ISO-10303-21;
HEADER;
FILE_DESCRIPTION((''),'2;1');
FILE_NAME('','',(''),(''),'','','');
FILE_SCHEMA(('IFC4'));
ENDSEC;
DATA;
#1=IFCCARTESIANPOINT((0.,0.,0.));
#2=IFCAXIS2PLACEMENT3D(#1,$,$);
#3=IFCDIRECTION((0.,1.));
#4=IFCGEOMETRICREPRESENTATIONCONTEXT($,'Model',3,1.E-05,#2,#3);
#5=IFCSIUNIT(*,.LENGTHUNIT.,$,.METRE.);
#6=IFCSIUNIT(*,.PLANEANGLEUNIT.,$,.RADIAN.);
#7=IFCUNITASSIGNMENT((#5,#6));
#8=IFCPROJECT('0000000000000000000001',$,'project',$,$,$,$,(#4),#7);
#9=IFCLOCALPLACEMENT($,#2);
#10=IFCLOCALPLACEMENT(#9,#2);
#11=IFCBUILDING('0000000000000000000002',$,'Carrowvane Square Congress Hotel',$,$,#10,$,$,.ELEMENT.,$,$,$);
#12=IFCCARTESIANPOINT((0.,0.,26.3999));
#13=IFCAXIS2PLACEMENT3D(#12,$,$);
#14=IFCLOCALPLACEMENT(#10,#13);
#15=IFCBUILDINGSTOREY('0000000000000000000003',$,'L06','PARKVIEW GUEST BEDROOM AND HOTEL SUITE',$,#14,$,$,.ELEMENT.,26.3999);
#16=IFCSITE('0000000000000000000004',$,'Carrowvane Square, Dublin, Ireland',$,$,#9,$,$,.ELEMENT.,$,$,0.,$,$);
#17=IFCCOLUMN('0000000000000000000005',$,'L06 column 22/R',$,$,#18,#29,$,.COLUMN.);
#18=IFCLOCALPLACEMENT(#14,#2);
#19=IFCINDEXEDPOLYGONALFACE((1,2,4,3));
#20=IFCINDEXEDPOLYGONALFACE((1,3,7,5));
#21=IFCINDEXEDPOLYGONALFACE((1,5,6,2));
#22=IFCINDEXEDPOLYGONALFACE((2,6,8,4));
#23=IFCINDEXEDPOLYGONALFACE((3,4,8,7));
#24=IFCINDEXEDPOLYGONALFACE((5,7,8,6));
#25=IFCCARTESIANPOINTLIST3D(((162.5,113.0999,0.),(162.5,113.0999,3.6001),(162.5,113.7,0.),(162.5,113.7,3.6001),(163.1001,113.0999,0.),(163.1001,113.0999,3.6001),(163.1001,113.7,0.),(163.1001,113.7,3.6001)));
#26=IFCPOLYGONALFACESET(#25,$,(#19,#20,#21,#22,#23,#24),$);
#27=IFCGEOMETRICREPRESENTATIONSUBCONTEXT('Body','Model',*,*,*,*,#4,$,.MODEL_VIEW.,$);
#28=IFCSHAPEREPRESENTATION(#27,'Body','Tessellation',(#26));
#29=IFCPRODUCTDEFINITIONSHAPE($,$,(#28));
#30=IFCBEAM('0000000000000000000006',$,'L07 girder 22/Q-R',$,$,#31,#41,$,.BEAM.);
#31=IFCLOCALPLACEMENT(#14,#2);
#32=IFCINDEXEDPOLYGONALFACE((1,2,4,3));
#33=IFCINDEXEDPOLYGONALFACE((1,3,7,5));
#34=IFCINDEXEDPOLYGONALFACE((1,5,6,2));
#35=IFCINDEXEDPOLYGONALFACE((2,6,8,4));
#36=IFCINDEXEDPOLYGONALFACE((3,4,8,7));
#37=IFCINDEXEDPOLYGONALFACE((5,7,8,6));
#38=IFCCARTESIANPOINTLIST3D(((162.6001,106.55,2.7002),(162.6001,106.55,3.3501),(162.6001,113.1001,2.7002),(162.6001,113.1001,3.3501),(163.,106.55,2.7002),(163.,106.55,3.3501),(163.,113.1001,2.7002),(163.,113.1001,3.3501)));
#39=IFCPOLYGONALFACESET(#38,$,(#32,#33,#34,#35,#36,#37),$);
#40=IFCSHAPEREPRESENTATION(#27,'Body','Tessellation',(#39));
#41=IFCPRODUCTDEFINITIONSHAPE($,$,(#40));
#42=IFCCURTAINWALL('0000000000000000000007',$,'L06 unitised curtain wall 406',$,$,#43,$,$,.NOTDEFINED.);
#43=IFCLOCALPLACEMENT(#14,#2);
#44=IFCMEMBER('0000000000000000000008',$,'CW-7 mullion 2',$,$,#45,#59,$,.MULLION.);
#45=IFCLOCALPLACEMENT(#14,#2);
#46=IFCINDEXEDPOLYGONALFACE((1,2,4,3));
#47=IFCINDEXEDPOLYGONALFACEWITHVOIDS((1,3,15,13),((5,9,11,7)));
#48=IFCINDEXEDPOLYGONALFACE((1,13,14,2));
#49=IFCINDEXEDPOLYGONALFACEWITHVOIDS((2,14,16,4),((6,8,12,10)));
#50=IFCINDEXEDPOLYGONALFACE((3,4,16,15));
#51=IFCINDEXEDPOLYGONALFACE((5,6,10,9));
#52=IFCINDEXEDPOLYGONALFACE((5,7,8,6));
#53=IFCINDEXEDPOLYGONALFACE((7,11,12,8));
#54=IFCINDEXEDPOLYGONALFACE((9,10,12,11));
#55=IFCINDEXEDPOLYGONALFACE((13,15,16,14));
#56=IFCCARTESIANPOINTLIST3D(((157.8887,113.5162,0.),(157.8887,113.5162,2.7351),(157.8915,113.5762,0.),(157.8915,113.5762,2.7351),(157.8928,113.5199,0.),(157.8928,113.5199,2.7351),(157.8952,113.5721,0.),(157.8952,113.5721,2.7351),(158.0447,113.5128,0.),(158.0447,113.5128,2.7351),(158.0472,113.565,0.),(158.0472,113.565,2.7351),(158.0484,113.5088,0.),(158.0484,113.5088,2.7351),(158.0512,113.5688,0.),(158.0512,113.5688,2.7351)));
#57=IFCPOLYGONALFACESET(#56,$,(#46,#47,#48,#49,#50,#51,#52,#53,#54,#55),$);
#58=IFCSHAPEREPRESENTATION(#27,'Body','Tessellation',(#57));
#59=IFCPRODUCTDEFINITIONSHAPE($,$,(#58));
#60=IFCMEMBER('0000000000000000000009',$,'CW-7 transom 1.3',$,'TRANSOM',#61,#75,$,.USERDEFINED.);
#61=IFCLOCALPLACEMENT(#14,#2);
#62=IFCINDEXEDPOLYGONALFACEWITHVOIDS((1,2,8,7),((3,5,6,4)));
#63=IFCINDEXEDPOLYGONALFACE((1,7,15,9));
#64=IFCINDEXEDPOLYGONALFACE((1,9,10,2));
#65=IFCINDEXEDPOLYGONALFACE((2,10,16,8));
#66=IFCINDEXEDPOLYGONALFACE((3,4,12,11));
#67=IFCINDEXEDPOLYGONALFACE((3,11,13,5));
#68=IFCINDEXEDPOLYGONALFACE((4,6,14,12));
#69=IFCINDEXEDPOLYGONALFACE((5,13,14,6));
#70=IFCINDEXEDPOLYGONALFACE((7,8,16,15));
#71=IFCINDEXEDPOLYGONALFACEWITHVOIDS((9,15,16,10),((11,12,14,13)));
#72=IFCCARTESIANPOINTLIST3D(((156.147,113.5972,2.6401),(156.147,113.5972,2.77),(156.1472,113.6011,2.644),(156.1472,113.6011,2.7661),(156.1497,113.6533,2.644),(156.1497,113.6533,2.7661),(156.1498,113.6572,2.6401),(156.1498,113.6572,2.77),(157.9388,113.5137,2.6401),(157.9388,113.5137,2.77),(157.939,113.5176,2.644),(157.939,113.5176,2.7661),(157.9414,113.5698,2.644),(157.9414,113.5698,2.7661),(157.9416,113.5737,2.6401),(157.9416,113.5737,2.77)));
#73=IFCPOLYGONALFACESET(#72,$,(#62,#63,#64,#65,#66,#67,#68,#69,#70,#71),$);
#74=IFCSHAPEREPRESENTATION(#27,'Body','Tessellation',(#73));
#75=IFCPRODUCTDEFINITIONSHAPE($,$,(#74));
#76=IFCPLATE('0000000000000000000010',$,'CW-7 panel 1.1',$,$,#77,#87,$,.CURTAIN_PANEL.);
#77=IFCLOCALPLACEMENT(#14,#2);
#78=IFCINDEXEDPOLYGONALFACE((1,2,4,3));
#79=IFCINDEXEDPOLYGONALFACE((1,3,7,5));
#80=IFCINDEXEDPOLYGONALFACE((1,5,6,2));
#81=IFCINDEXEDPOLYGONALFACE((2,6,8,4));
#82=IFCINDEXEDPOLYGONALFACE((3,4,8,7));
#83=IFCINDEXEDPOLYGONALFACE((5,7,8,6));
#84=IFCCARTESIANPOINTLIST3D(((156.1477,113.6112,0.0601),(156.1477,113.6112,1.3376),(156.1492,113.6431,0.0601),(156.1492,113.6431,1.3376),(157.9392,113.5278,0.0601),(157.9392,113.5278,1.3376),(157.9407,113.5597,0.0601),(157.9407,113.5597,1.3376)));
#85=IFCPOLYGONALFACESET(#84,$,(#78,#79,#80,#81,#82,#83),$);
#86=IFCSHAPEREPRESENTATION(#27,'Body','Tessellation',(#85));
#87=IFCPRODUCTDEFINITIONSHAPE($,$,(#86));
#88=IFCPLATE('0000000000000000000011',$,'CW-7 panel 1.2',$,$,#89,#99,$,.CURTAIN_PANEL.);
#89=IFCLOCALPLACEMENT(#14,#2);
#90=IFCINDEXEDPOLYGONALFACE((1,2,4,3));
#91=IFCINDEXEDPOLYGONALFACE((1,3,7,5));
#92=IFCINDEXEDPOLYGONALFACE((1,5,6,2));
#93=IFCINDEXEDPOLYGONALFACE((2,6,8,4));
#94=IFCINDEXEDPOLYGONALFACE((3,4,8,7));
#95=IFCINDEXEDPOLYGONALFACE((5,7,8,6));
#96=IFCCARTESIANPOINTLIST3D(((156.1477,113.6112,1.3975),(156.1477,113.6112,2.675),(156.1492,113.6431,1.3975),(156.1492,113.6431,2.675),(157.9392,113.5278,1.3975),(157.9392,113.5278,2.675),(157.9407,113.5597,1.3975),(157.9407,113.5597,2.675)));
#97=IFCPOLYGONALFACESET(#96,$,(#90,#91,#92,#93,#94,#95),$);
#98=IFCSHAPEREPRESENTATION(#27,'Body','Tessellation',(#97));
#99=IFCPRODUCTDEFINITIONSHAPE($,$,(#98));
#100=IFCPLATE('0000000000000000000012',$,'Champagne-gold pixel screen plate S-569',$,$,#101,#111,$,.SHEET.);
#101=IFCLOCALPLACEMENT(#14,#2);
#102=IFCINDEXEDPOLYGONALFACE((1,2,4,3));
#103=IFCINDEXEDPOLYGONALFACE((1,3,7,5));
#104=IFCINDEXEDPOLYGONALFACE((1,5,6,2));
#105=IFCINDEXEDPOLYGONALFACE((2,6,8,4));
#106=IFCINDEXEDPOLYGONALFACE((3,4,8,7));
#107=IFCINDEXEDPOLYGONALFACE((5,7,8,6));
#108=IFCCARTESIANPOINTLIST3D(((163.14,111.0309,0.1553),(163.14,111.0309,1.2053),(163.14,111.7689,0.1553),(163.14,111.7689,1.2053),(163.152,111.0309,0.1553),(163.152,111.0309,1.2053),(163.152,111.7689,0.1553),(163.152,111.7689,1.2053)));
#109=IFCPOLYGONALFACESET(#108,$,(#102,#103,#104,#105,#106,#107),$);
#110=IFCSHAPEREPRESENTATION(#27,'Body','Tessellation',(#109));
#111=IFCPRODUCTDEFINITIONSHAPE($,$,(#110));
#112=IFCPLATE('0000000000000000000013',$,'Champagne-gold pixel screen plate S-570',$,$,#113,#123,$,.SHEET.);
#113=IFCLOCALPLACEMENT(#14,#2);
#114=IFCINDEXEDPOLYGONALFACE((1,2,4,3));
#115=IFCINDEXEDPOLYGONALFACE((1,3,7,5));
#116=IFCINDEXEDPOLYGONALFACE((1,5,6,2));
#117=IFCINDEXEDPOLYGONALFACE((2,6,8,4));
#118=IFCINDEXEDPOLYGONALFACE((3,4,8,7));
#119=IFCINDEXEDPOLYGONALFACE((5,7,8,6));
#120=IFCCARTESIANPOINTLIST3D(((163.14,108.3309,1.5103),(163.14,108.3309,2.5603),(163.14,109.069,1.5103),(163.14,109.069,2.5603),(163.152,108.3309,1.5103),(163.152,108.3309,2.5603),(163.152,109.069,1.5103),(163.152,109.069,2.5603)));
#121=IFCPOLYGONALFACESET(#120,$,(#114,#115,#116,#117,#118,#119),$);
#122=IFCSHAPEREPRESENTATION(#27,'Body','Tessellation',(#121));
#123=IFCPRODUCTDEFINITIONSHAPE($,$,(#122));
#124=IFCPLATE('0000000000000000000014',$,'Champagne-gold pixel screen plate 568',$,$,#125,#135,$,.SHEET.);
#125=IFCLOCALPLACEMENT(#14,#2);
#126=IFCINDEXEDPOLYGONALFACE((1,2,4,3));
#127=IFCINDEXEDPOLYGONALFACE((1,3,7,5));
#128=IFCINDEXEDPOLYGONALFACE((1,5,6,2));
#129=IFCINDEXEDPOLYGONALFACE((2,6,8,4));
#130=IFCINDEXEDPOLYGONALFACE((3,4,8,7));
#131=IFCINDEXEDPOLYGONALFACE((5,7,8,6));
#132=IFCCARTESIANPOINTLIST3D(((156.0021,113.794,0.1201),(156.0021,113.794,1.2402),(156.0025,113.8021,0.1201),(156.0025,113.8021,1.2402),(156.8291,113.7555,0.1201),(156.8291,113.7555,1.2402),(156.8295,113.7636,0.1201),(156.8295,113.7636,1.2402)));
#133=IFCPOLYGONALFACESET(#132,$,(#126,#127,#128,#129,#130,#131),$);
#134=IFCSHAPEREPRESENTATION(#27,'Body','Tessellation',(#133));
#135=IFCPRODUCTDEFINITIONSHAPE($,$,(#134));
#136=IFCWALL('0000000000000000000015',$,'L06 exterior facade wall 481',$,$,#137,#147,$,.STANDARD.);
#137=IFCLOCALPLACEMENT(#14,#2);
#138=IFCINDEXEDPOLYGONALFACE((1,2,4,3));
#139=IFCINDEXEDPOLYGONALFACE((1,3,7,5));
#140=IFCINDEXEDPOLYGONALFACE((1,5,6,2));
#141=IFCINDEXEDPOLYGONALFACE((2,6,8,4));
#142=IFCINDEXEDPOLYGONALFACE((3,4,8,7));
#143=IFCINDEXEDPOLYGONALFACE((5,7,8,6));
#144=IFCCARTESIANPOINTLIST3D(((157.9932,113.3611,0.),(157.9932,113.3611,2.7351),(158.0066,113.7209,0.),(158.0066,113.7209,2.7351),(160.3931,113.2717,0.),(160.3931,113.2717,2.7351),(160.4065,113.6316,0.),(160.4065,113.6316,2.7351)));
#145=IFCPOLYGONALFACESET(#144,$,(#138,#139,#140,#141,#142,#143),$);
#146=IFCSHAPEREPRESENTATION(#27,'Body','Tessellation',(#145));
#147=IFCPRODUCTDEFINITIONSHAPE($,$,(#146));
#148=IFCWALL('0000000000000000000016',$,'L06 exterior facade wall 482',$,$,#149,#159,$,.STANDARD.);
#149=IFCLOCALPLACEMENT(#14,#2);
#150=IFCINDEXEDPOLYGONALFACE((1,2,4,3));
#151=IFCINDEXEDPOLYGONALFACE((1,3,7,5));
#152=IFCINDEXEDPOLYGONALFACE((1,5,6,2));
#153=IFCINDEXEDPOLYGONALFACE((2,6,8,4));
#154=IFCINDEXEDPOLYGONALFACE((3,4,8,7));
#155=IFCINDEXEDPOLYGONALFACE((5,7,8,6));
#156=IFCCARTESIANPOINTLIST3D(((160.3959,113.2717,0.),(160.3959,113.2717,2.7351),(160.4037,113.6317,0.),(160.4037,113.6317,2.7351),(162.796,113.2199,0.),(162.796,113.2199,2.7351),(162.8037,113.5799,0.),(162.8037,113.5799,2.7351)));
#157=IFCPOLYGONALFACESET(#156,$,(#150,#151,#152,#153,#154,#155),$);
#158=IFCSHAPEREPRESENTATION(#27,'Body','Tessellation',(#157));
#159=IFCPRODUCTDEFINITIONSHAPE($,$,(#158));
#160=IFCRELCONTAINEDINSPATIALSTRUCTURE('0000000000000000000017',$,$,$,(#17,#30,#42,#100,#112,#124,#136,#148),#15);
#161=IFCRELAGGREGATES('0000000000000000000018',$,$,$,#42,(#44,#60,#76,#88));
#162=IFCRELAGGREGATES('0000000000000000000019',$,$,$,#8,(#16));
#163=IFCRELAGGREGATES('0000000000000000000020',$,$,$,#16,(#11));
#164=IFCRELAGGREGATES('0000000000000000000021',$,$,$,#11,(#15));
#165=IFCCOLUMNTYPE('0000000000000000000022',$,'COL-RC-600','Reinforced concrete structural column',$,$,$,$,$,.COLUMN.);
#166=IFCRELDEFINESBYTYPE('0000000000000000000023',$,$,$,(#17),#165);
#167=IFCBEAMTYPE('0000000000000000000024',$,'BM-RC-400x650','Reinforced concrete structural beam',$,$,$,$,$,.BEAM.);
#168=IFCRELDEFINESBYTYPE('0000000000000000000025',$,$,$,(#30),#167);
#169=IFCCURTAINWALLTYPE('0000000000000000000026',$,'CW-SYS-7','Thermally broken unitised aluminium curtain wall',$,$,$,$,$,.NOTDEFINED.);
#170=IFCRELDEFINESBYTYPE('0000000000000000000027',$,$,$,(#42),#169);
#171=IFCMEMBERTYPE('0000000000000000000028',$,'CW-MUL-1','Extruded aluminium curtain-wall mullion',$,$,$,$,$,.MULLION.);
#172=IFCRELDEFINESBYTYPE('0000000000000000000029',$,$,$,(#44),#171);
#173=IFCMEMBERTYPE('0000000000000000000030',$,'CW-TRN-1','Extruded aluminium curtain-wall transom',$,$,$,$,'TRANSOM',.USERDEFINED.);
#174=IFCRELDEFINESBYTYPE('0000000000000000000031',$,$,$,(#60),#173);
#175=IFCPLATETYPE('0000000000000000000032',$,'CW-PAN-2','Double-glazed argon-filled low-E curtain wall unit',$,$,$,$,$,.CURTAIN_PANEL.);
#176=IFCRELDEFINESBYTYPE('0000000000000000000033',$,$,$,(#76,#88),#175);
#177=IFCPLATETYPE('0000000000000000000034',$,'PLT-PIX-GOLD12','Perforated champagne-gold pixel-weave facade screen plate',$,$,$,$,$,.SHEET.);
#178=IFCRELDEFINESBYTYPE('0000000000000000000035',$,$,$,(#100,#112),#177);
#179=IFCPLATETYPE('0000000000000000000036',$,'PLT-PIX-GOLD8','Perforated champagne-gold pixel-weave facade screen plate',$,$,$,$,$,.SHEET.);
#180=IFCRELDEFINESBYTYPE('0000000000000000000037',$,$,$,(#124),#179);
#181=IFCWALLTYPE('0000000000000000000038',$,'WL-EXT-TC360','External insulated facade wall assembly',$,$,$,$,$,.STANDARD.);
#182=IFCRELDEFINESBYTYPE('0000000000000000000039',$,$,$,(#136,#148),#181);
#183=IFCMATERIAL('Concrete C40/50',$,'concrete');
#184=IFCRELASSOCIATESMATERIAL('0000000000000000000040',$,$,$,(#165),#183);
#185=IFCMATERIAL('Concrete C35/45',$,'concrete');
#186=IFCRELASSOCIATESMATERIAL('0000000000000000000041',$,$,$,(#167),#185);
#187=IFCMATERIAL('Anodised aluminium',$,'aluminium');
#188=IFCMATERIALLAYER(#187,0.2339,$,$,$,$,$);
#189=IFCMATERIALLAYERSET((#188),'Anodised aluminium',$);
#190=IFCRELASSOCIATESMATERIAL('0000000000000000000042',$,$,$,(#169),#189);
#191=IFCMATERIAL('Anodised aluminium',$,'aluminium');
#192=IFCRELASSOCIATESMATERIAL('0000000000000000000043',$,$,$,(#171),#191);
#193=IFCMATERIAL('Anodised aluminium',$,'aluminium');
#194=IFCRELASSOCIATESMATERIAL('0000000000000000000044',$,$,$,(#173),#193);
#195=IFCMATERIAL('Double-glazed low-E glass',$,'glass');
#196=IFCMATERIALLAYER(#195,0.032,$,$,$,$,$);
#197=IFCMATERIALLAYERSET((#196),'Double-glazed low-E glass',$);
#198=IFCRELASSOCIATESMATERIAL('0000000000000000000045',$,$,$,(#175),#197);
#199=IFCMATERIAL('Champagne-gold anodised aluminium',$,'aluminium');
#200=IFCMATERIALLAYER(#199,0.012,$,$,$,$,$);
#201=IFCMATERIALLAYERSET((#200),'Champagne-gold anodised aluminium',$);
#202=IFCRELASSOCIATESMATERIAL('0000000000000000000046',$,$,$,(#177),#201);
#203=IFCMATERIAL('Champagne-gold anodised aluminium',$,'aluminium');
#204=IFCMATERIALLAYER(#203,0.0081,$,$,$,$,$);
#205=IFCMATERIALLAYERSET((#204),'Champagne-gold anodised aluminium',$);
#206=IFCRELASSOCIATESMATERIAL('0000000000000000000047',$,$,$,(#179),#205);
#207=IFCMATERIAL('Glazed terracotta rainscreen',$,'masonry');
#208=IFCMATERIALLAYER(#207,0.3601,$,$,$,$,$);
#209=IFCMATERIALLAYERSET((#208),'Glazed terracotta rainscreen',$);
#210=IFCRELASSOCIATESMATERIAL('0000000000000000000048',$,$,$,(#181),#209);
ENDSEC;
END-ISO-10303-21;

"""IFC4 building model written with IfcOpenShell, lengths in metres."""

from ifc_helpers import new_model, si_unit, direction, frame, frame_2d, origin, origin_2d, place, context, subcontext, project, spatial, rectangle, hollow_rectangle, extrude, material, layer, layer_set, material_profile, profile_set, type_object, element, aggregate, save


model = new_model("IFC4")

# Units and contexts
model_context = context("Model", 3, precision=1e-05, world=origin(), true_north=direction((0.0, 1.0)))
body_context = subcontext(model_context, "Body", "Model", "MODEL_VIEW")
ifc_project = project(units=[si_unit("LENGTHUNIT", "METRE"), si_unit("PLANEANGLEUNIT", "RADIAN")], contexts=[model_context])

# Site, building, storey
site_placement = place(None, origin())
site = spatial("IfcSite", under=ifc_project, at=site_placement, Name="Carrowvane Square, Dublin, Ireland", CompositionType="ELEMENT", RefElevation=0.0)
building_placement = place(site_placement, origin())
building = spatial("IfcBuilding", under=site, at=building_placement, Name="Carrowvane Square Congress Hotel", CompositionType="ELEMENT")
storey_placement = place(building_placement, frame((0.0, 0.0, 26.3999)))
storey = spatial("IfcBuildingStorey", under=building, at=storey_placement, Name="L06", Description="PARKVIEW GUEST BEDROOM AND HOTEL SUITE", CompositionType="ELEMENT", Elevation=26.3999)

# Column
ifc_material_1 = material(Name="Concrete C40/50", Category="concrete")
ifc_material_profile_1 = material_profile(ifc_material_1, rectangle(XDim=0.6001, YDim=0.6001, at=origin_2d()), Name="RC 600x600")
ifc_profile_set_1 = profile_set([ifc_material_profile_1], Name="Concrete C40/50")
column_type = type_object("IfcColumnType", Name="COL-RC-600", Description="Reinforced concrete structural column", PredefinedType="COLUMN", material=ifc_profile_set_1)
column_placement = place(storey_placement, frame((162.8, 113.3999, 0.0), z_axis=(0.0, 0.0, 1.0), x_axis=(1.0, 0.0, 0.0)))
element("IfcColumn", 1, at=column_placement, inside=storey, type_object=column_type, Name="L06 column 22/R", PredefinedType="COLUMN", context=body_context, shape_type="SweptSolid", body=[
    extrude(rectangle(XDim=0.6001, YDim=0.6001, at=origin_2d()), origin(), (0.0, 0.0, 1.0), 3.6001),
])

# Beam
ifc_material_2 = material(Name="Concrete C35/45", Category="concrete")
ifc_material_profile_2 = material_profile(ifc_material_2, rectangle(XDim=0.3999, YDim=0.6499, at=origin_2d()), Name="RC 400x650")
ifc_profile_set_2 = profile_set([ifc_material_profile_2], Name="Concrete C35/45")
beam_type = type_object("IfcBeamType", Name="BM-RC-400x650", Description="Reinforced concrete structural beam", PredefinedType="BEAM", material=ifc_profile_set_2)
beam_placement = place(storey_placement, frame((162.8, 106.55, 3.0251), z_axis=(0.0, 1.0, 0.0), x_axis=(-1.0, 0.0, 0.0)))
element("IfcBeam", 2, at=beam_placement, inside=storey, type_object=beam_type, Name="L07 girder 22/Q-R", PredefinedType="BEAM", context=body_context, shape_type="SweptSolid", body=[
    extrude(rectangle(XDim=0.3999, YDim=0.6499, at=origin_2d()), origin(), (0.0, 0.0, 1.0), 6.55),
])

# Curtain wall, members, plates
ifc_material_3 = material(Name="Anodised aluminium", Category="aluminium")
ifc_layer_1 = layer(ifc_material_3, 0.2339)
ifc_layer_set_1 = layer_set([ifc_layer_1], Name="Anodised aluminium")
curtain_wall_type = type_object("IfcCurtainWallType", Name="CW-SYS-7", Description="Thermally broken unitised aluminium curtain wall", PredefinedType="NOTDEFINED", material=ifc_layer_set_1)
curtain_wall_placement = place(storey_placement, origin())
curtain_wall = element("IfcCurtainWall", 3, at=curtain_wall_placement, inside=storey, type_object=curtain_wall_type, Name="L06 unitised curtain wall 406", PredefinedType="NOTDEFINED")
ifc_material_4 = material(Name="Anodised aluminium", Category="aluminium")
ifc_material_profile_3 = material_profile(ifc_material_4, hollow_rectangle(XDim=0.0601, YDim=0.1599, WallThickness=0.0039, at=origin_2d()), Name="CW-ML 60x160x4")
ifc_profile_set_3 = profile_set([ifc_material_profile_3], Name="Anodised aluminium")
member_type_1 = type_object("IfcMemberType", Name="CW-MUL-1", Description="Extruded aluminium curtain-wall mullion", PredefinedType="MULLION", material=ifc_profile_set_3)
member_1_placement = place(storey_placement, frame((157.97, 113.5425, 0.0), z_axis=(0.0, 0.0, 1.0), x_axis=(0.046522, 0.998917, 0.0)))
member_1 = element("IfcMember", 4, at=member_1_placement, type_object=member_type_1, Name="CW-7 mullion 2", PredefinedType="MULLION", context=body_context, shape_type="SweptSolid", body=[
    extrude(hollow_rectangle(XDim=0.0601, YDim=0.1599, WallThickness=0.0039, at=origin_2d()), origin(), (0.0, 0.0, 1.0), 2.7351),
])
ifc_material_5 = material(Name="Anodised aluminium", Category="aluminium")
ifc_material_profile_4 = material_profile(ifc_material_5, hollow_rectangle(XDim=0.0601, YDim=0.1299, WallThickness=0.0039, at=origin_2d()), Name="CW-TR 60x130x4")
ifc_profile_set_4 = profile_set([ifc_material_profile_4], Name="Anodised aluminium")
member_type_2 = type_object("IfcMemberType", Name="CW-TRN-1", Description="Extruded aluminium curtain-wall transom", ElementType="TRANSOM", PredefinedType="USERDEFINED", material=ifc_profile_set_4)
member_2_placement = place(storey_placement, frame((156.1484, 113.6272, 2.7051), z_axis=(0.998916, -0.04655, 0.0), x_axis=(0.04655, 0.998916, 0.0)))
member_2 = element("IfcMember", 5, at=member_2_placement, type_object=member_type_2, Name="CW-7 transom 1.3", ObjectType="TRANSOM", PredefinedType="USERDEFINED", context=body_context, shape_type="SweptSolid", body=[
    extrude(hollow_rectangle(XDim=0.0601, YDim=0.1299, WallThickness=0.0039, at=origin_2d()), origin(), (0.0, 0.0, 1.0), 1.7937),
])
ifc_material_6 = material(Name="Double-glazed low-E glass", Category="glass")
ifc_layer_2 = layer(ifc_material_6, 0.032)
ifc_layer_set_2 = layer_set([ifc_layer_2], Name="Double-glazed low-E glass")
plate_type_1 = type_object("IfcPlateType", Name="CW-PAN-2", Description="Double-glazed argon-filled low-E curtain wall unit", PredefinedType="CURTAIN_PANEL", material=ifc_layer_set_2)
plate_1_placement = place(storey_placement, frame((157.0442, 113.5854, 0.0601), z_axis=(0.0, 0.0, 1.0), x_axis=(0.998917, -0.046522, 0.0)))
plate_1 = element("IfcPlate", 6, at=plate_1_placement, type_object=plate_type_1, Name="CW-7 panel 1.1", PredefinedType="CURTAIN_PANEL", context=body_context, shape_type="SweptSolid", body=[
    extrude(rectangle(XDim=1.7935, YDim=0.032, at=origin_2d()), origin(), (0.0, 0.0, 1.0), 1.2776),
])
plate_2_placement = place(storey_placement, frame((157.0442, 113.5854, 1.3975), z_axis=(0.0, 0.0, 1.0), x_axis=(0.998917, -0.046522, 0.0)))
plate_2 = element("IfcPlate", 7, at=plate_2_placement, type_object=plate_type_1, Name="CW-7 panel 1.2", PredefinedType="CURTAIN_PANEL", context=body_context, shape_type="SweptSolid", body=[
    extrude(rectangle(XDim=1.7935, YDim=0.032, at=origin_2d()), origin(), (0.0, 0.0, 1.0), 1.2776),
])
aggregate(curtain_wall, [member_1, member_2, plate_1, plate_2])

# Plates
ifc_material_7 = material(Name="Champagne-gold anodised aluminium", Category="aluminium")
ifc_layer_3 = layer(ifc_material_7, 0.012)
ifc_layer_set_3 = layer_set([ifc_layer_3], Name="Champagne-gold anodised aluminium")
plate_type_2 = type_object("IfcPlateType", Name="PLT-PIX-GOLD12", Description="Perforated champagne-gold pixel-weave facade screen plate", PredefinedType="SHEET", material=ifc_layer_set_3)
for number, where, z_axis, x_axis, name in (
    (8, (163.146, 111.3999, 0.1553), (0.0, 0.0, 1.0), (0.0, -1.0, 0.0), "Champagne-gold pixel screen plate S-569"),
    (9, (163.146, 108.7, 1.5103), (0.0, 0.0, 1.0), (0.0, -1.0, 0.0), "Champagne-gold pixel screen plate S-570"),
):
    element("IfcPlate", number, at=place(storey_placement, frame(where, z_axis=z_axis, x_axis=x_axis)), inside=storey, type_object=plate_type_2, Name=name, PredefinedType="SHEET", context=body_context, shape_type="SweptSolid", body=[
        extrude(rectangle(XDim=0.738, YDim=0.012, at=origin_2d()), origin(), (0.0, 0.0, 1.0), 1.05),
    ])
ifc_material_8 = material(Name="Champagne-gold anodised aluminium", Category="aluminium")
ifc_layer_4 = layer(ifc_material_8, 0.0081)
ifc_layer_set_4 = layer_set([ifc_layer_4], Name="Champagne-gold anodised aluminium")
plate_type_3 = type_object("IfcPlateType", Name="PLT-PIX-GOLD8", Description="Perforated champagne-gold pixel-weave facade screen plate", PredefinedType="SHEET", material=ifc_layer_set_4)
plate_3_placement = place(storey_placement, frame((156.4158, 113.7788, 0.1201), z_axis=(0.0, 0.0, 1.0), x_axis=(0.998917, -0.046521, 0.0)))
element("IfcPlate", 10, at=plate_3_placement, inside=storey, type_object=plate_type_3, Name="Champagne-gold pixel screen plate 568", PredefinedType="SHEET", context=body_context, shape_type="SweptSolid", body=[
    extrude(rectangle(XDim=0.8279, YDim=0.0081, at=origin_2d()), origin(), (0.0, 0.0, 1.0), 1.1201),
])

# Walls
ifc_material_9 = material(Name="Glazed terracotta rainscreen", Category="masonry")
ifc_layer_5 = layer(ifc_material_9, 0.3601)
ifc_layer_set_5 = layer_set([ifc_layer_5], Name="Glazed terracotta rainscreen")
wall_type_1 = type_object("IfcWallType", Name="WL-EXT-TC360", Description="External insulated facade wall assembly", PredefinedType="STANDARD", material=ifc_layer_set_5)
wall_1_placement = place(storey_placement, frame((158.0, 113.541, 0.0), z_axis=(0.0, 0.0, 1.0), x_axis=(0.999308, -0.037207, 0.0)))
element("IfcWall", 11, at=wall_1_placement, inside=storey, type_object=wall_type_1, Name="L06 exterior facade wall 481", PredefinedType="STANDARD", context=body_context, shape_type="SweptSolid", body=[
    extrude(rectangle(XDim=2.4016, YDim=0.3601, at=frame_2d((1.2007, 0.0))), origin(), (0.0, 0.0, 1.0), 2.7351),
])
wall_2_placement = place(storey_placement, frame((160.3999, 113.4517, 0.0), z_axis=(0.0, 0.0, 1.0), x_axis=(0.999768, -0.021559, 0.0)))
element("IfcWall", 12, at=wall_2_placement, inside=storey, type_object=wall_type_1, Name="L06 exterior facade wall 482", PredefinedType="STANDARD", context=body_context, shape_type="SweptSolid", body=[
    extrude(rectangle(XDim=2.4006, YDim=0.3601, at=frame_2d((1.2002, 0.0))), origin(), (0.0, 0.0, 1.0), 2.7351),
])

save(model, "model.ifc")
